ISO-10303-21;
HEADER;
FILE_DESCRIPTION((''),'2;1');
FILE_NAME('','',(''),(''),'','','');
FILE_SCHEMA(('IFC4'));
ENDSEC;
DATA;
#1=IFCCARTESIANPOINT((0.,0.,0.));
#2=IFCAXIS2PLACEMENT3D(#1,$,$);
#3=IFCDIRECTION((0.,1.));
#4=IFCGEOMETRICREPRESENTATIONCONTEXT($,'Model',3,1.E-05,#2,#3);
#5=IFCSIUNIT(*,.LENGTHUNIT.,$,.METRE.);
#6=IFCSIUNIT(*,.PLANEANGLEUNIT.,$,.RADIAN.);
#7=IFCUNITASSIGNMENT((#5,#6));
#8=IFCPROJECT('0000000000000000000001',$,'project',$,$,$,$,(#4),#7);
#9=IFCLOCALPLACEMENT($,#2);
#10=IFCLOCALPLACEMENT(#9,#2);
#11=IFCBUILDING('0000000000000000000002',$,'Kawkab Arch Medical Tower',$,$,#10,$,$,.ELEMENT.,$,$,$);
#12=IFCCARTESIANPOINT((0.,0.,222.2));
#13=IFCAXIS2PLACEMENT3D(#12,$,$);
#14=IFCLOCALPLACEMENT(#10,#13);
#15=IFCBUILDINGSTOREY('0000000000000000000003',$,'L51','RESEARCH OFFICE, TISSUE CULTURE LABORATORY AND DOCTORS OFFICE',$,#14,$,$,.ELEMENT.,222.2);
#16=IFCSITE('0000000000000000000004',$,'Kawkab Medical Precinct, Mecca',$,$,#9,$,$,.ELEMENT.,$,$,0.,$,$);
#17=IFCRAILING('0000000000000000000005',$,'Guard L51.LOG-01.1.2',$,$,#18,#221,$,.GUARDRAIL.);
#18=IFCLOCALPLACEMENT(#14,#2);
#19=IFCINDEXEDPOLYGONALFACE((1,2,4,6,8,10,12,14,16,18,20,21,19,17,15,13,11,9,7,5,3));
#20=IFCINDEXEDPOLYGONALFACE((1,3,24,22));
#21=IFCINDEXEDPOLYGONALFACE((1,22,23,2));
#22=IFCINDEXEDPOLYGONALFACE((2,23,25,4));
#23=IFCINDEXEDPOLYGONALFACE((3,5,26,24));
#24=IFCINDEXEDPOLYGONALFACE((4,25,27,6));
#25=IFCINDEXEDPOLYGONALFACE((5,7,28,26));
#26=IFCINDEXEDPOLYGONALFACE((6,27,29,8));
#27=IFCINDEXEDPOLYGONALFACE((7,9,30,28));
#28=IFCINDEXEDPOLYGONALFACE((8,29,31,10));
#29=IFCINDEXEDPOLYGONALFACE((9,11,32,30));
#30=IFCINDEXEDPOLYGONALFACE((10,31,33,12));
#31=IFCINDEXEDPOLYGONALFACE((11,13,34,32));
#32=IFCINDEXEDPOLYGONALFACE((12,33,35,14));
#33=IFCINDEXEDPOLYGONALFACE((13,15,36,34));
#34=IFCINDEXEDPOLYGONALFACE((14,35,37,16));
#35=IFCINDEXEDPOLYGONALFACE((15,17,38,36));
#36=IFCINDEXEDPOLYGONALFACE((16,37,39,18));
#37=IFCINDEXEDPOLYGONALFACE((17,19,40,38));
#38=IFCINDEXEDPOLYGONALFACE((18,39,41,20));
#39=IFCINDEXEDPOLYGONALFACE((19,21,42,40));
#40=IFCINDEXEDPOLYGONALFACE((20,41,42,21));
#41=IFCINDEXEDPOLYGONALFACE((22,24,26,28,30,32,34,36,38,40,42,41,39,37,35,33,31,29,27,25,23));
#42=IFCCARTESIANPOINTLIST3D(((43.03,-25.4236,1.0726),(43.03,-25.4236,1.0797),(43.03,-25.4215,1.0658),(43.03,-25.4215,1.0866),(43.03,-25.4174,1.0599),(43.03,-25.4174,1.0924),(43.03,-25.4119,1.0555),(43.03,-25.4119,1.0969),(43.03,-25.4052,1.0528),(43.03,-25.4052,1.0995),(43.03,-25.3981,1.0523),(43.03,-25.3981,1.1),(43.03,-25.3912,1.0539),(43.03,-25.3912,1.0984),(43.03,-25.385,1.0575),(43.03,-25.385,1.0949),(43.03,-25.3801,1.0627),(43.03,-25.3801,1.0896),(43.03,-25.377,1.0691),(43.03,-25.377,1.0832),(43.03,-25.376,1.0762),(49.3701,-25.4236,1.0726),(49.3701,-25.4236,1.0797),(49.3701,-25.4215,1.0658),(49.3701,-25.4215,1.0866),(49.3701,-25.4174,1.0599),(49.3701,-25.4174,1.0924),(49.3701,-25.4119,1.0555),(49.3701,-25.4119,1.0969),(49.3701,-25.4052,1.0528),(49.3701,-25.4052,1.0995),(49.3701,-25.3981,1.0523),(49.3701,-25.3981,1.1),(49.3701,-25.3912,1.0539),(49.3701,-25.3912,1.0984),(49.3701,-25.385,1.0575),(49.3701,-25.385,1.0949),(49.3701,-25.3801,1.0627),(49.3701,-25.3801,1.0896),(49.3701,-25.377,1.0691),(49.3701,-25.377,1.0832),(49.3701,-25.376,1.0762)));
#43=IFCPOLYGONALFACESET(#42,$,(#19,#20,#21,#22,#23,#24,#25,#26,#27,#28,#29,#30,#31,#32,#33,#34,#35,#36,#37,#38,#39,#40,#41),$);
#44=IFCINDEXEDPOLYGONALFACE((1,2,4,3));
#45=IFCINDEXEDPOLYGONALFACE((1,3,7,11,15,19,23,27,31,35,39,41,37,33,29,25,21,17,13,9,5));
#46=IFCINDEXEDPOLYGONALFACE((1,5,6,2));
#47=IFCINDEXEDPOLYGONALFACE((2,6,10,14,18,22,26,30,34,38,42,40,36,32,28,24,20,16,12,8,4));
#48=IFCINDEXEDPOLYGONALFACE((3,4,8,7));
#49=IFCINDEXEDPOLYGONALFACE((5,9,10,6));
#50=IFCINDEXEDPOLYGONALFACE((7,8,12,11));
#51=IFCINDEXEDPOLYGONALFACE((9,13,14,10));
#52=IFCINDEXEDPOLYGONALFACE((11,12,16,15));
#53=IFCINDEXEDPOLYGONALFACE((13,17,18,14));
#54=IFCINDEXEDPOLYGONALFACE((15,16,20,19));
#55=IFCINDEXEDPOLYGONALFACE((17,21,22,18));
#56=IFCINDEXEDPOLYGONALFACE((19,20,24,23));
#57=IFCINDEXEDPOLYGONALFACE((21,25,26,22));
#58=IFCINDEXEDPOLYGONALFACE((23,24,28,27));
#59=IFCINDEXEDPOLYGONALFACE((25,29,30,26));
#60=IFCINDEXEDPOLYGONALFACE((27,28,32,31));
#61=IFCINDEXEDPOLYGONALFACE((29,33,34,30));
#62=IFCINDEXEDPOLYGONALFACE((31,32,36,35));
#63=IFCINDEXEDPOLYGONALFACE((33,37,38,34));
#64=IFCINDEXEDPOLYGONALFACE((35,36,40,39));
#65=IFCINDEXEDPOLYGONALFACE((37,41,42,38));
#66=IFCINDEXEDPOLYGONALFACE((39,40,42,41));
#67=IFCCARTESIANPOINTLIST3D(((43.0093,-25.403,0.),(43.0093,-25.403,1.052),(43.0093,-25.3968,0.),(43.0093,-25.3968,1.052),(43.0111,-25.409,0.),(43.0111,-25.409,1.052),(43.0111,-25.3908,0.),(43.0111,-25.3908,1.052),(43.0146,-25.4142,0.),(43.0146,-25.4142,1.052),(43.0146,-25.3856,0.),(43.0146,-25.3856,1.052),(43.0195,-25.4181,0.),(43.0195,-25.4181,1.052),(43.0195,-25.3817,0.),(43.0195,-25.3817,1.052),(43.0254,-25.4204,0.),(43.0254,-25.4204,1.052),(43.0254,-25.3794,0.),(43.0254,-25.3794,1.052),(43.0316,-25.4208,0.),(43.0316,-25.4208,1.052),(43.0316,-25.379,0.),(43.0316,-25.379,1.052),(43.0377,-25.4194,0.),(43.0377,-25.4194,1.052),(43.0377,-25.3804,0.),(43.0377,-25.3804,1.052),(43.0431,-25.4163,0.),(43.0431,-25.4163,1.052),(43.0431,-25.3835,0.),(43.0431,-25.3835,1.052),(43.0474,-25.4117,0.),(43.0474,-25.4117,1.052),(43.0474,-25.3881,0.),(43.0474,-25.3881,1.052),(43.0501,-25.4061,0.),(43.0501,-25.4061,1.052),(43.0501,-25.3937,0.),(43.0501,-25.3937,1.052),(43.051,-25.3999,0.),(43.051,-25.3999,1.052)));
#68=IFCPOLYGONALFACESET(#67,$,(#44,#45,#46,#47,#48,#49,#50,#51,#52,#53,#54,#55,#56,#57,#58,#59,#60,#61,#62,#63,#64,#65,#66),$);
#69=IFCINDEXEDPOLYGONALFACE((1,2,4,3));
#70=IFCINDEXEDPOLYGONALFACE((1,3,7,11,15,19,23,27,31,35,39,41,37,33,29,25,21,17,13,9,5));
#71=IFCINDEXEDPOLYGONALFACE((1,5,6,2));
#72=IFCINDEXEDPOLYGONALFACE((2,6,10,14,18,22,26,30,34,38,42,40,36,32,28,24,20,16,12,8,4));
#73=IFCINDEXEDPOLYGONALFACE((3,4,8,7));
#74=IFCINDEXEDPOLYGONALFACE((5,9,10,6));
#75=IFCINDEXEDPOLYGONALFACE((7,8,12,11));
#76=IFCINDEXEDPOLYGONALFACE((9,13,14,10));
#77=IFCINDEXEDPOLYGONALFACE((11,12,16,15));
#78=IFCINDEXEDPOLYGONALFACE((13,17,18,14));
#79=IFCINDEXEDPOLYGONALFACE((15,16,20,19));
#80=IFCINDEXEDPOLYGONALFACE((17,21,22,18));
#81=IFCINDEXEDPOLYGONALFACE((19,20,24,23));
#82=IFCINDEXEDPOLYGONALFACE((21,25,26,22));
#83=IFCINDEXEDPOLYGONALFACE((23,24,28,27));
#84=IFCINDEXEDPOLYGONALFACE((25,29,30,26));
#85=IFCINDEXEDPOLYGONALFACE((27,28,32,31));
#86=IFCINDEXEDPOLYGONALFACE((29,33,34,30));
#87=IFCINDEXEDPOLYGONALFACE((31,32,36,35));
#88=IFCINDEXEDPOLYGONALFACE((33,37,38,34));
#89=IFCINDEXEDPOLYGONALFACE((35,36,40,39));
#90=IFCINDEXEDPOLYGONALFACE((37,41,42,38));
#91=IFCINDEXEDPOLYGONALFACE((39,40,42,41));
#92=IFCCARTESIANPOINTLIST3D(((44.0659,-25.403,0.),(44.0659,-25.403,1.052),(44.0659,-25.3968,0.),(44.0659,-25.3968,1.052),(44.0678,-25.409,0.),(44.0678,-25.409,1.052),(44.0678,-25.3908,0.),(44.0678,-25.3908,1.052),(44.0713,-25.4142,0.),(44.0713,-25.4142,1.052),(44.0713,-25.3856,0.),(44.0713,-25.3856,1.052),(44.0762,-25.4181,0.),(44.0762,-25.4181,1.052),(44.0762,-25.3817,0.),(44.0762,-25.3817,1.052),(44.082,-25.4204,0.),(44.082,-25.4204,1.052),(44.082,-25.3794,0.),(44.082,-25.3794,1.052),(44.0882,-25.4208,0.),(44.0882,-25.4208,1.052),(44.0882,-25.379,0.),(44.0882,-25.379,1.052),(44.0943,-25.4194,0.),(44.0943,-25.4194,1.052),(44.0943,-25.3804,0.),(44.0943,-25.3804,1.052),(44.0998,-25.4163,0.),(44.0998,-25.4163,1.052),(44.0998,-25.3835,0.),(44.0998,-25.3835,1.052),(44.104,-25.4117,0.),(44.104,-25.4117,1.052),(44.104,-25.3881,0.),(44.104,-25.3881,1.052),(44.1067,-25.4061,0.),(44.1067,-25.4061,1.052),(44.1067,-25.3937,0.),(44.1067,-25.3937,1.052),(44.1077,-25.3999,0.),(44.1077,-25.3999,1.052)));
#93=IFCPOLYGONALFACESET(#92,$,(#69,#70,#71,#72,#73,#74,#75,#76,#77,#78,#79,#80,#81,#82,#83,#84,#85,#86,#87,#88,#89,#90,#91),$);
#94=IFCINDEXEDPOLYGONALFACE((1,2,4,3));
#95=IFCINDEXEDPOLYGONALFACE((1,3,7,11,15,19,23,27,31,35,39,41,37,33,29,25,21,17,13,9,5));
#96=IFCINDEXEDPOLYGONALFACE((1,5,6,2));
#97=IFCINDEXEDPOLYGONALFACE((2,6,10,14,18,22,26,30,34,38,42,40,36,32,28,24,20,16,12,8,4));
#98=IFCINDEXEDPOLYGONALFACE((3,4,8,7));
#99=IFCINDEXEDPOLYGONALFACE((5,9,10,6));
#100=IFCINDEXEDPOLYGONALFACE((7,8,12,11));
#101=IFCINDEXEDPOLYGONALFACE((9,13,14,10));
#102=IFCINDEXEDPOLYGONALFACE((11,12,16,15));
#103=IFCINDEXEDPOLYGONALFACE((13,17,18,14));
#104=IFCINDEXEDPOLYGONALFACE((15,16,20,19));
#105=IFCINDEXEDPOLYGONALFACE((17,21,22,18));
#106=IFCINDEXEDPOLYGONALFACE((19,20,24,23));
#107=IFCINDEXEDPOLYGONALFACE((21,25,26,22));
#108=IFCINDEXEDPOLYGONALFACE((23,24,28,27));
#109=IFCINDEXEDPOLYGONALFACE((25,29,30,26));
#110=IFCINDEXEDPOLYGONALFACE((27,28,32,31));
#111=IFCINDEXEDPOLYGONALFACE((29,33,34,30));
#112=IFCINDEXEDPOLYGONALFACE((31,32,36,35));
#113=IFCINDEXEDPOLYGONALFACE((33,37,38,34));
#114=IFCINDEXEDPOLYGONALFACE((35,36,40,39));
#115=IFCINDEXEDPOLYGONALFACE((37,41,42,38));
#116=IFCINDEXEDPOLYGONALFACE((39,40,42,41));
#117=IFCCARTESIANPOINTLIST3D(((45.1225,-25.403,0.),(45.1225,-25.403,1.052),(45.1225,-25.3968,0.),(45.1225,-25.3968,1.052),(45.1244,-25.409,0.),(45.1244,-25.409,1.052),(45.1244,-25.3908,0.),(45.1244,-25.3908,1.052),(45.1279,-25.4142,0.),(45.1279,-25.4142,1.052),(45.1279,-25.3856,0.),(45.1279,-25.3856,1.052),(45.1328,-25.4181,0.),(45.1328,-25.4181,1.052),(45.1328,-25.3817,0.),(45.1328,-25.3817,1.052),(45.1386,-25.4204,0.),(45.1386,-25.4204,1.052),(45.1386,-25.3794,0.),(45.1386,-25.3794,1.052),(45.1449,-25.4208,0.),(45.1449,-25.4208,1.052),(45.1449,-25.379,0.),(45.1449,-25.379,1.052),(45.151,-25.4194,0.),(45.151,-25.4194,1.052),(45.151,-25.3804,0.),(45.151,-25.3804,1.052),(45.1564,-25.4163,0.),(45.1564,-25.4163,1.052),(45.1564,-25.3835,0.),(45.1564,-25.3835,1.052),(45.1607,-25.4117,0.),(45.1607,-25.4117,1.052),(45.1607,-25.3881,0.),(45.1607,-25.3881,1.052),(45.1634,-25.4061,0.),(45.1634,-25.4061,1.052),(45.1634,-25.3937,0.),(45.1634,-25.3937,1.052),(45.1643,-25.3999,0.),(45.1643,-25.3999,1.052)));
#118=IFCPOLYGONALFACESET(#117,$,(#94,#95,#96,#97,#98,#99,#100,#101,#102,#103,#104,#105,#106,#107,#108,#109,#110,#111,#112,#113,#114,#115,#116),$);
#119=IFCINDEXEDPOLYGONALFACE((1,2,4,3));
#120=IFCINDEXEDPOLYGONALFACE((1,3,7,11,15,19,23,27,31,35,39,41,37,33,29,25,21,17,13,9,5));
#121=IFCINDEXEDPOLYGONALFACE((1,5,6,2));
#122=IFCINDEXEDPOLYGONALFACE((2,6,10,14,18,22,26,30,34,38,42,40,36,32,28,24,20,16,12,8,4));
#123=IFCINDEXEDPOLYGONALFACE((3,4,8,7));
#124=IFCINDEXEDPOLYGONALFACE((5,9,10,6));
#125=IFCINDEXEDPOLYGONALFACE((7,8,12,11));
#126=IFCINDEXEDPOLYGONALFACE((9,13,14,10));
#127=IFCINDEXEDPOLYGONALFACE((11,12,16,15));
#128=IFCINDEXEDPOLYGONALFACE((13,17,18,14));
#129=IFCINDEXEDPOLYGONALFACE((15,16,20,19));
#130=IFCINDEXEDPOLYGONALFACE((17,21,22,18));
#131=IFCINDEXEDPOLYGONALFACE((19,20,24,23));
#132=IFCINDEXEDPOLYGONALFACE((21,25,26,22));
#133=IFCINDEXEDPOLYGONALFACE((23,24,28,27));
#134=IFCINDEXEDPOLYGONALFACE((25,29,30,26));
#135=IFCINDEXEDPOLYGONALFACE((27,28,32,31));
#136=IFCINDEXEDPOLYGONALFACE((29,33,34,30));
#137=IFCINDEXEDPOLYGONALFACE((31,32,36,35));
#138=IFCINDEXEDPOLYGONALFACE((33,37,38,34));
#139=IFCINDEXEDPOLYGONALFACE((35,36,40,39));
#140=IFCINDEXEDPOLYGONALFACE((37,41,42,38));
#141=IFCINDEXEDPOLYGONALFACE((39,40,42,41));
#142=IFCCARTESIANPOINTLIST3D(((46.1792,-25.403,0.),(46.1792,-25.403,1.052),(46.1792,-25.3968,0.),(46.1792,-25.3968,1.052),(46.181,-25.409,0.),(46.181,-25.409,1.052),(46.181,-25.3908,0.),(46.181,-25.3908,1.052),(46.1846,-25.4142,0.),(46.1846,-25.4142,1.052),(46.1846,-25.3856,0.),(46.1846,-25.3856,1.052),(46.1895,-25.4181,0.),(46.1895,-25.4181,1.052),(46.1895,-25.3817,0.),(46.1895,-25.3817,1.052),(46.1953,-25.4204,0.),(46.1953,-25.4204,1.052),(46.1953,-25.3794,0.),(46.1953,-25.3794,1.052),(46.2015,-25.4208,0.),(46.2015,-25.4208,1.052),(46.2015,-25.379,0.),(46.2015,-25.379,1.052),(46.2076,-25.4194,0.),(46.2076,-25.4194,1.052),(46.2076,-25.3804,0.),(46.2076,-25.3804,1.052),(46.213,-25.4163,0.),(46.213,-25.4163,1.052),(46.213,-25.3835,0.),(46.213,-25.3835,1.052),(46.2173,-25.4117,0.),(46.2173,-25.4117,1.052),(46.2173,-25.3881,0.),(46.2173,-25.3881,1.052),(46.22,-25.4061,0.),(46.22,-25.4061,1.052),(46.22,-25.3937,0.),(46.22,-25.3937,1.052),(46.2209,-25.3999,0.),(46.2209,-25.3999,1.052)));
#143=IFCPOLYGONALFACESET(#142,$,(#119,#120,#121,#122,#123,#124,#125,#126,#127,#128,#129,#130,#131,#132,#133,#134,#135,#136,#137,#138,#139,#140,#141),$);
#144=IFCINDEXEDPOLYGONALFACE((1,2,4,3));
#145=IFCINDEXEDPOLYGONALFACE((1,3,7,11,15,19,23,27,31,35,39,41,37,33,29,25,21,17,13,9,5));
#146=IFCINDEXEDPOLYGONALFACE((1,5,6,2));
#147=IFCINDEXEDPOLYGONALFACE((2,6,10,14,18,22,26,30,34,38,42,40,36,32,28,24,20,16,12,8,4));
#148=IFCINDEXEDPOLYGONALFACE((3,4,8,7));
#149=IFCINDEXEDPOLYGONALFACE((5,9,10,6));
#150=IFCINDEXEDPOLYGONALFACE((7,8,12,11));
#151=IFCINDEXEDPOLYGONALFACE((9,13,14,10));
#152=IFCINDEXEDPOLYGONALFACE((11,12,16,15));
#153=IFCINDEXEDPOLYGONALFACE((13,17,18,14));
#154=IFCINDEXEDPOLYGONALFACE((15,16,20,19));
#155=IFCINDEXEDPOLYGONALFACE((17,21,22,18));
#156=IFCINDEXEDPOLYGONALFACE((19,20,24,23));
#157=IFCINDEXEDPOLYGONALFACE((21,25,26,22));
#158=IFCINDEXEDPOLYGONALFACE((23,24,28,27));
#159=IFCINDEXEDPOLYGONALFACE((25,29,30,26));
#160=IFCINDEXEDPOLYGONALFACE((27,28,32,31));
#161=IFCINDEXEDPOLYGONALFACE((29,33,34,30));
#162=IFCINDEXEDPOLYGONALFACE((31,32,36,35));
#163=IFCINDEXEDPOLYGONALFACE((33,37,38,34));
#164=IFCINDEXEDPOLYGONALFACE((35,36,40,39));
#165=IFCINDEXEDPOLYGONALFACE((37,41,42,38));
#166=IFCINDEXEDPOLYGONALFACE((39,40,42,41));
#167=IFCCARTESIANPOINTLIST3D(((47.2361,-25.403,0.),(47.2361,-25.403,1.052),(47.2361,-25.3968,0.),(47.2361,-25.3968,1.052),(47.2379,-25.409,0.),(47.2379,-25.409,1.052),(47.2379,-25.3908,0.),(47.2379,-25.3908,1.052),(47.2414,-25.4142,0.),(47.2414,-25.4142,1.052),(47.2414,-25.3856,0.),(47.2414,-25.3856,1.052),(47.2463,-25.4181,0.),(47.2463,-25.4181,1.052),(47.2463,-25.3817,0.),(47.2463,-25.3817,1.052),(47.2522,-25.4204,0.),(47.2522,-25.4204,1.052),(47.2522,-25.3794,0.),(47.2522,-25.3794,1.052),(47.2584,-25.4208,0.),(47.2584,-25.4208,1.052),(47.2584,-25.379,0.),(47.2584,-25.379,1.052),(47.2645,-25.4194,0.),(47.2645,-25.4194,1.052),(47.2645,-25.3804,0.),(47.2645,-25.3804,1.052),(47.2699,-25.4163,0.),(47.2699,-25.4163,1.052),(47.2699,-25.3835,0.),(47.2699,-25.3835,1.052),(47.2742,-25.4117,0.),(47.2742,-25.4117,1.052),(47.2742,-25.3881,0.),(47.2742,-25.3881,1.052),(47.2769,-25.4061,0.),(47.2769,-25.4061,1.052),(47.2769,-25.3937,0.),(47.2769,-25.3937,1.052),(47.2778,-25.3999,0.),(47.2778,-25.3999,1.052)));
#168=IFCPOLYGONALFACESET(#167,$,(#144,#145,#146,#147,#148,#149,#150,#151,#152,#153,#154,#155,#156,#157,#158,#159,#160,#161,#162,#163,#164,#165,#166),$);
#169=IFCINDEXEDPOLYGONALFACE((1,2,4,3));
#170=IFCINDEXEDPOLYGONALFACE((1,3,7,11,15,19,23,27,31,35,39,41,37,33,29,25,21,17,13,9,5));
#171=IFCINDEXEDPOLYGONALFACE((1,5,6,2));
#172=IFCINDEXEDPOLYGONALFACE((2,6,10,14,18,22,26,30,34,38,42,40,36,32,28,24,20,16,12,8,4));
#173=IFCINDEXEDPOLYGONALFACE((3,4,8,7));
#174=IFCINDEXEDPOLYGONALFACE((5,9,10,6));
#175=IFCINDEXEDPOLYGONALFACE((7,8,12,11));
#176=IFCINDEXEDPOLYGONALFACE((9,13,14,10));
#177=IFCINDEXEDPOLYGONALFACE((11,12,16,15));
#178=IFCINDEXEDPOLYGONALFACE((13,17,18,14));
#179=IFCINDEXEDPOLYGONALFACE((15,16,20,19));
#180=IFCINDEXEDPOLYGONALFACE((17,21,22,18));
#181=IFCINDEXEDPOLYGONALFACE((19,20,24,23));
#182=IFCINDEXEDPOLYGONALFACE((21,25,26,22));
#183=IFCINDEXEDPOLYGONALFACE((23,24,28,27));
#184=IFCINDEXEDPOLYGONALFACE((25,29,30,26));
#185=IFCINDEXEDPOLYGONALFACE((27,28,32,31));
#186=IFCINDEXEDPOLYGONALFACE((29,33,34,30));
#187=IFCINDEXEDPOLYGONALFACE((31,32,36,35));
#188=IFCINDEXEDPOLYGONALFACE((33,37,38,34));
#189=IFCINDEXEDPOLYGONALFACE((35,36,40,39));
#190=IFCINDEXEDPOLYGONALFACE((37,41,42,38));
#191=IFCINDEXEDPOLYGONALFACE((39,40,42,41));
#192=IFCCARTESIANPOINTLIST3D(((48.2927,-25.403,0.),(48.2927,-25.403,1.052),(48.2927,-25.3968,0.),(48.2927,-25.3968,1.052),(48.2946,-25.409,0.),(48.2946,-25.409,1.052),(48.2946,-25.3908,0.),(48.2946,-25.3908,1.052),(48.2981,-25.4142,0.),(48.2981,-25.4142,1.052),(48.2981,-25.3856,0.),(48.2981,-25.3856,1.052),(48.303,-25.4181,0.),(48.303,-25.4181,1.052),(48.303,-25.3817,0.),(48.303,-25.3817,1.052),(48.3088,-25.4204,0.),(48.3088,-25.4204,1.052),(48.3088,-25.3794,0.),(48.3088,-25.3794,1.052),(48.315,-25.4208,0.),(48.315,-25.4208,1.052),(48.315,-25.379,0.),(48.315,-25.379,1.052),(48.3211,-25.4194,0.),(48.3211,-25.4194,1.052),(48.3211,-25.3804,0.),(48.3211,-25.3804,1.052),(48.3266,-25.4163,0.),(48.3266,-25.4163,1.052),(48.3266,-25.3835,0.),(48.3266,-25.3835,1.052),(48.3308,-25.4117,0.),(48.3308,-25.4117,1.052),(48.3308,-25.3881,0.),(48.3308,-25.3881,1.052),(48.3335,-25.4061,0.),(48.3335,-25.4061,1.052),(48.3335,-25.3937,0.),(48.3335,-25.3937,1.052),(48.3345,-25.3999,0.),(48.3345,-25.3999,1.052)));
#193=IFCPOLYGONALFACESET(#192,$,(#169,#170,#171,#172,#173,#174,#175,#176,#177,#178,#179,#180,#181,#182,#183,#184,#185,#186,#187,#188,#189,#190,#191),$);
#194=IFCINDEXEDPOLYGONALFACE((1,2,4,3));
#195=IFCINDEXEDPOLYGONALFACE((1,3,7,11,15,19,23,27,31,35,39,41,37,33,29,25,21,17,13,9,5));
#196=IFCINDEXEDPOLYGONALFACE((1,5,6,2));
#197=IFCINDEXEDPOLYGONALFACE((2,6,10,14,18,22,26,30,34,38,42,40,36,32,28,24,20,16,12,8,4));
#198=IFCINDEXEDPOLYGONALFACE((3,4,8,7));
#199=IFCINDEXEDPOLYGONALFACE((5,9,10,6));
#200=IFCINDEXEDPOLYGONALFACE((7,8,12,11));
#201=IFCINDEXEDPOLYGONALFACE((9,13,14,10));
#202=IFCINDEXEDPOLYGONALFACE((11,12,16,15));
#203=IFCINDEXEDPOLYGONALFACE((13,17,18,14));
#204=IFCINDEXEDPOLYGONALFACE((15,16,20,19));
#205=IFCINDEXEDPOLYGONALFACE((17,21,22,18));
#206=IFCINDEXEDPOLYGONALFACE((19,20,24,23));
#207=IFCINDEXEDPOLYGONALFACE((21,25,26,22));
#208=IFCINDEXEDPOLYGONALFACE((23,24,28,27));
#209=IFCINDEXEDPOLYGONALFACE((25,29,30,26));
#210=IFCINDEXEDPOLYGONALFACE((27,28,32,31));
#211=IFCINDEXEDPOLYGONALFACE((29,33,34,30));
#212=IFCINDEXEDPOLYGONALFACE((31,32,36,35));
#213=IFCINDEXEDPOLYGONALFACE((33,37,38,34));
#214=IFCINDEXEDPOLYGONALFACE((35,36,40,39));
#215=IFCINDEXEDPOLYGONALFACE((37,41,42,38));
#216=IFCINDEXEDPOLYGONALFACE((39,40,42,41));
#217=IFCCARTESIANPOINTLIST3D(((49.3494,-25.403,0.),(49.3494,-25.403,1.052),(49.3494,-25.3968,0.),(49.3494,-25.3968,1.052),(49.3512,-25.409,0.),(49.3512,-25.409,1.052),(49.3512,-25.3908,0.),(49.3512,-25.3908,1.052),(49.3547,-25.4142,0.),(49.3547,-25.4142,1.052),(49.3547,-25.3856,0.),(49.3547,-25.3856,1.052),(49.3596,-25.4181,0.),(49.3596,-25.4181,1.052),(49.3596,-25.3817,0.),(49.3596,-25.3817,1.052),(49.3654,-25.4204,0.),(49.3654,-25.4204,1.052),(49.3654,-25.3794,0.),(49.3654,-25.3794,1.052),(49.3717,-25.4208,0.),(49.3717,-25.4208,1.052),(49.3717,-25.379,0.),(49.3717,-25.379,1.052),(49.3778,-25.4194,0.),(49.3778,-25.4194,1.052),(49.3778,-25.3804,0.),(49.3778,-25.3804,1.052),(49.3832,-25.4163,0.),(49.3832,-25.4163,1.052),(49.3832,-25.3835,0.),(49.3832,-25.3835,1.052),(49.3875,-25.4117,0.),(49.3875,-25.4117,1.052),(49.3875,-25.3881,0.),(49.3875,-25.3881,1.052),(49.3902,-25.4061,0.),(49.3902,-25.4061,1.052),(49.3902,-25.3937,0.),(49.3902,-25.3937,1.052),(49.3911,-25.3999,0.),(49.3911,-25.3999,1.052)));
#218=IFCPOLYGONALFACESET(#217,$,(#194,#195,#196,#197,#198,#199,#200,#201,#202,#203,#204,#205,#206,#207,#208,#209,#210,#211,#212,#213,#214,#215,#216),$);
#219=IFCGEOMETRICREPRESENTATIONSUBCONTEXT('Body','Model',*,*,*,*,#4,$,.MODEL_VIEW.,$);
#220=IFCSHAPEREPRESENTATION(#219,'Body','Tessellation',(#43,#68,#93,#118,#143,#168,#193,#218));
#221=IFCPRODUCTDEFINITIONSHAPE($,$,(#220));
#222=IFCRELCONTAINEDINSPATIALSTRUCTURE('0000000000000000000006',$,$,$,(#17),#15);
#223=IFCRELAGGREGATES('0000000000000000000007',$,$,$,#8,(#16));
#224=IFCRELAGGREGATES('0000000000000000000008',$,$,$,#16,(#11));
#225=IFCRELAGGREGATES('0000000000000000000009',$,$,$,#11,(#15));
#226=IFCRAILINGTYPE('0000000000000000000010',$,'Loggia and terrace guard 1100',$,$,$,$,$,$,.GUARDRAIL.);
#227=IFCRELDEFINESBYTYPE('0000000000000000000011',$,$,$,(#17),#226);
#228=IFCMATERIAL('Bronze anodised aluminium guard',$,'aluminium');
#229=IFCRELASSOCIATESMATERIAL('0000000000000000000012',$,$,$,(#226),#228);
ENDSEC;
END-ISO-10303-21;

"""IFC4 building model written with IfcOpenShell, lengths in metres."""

from ifc_helpers import new_model, si_unit, direction, frame, origin, origin_2d, place, context, subcontext, project, spatial, circle, extrude, material, type_object, element, save


model = new_model("IFC4")

# Units and contexts
model_context = context("Model", 3, precision=1e-05, world=origin(), true_north=direction((0.0, 1.0)))
body_context = subcontext(model_context, "Body", "Model", "MODEL_VIEW")
ifc_project = project(units=[si_unit("LENGTHUNIT", "METRE"), si_unit("PLANEANGLEUNIT", "RADIAN")], contexts=[model_context])

# Site, building, storey
site_placement = place(None, origin())
site = spatial("IfcSite", under=ifc_project, at=site_placement, Name="Kawkab Medical Precinct, Mecca", CompositionType="ELEMENT", RefElevation=0.0)
building_placement = place(site_placement, origin())
building = spatial("IfcBuilding", under=site, at=building_placement, Name="Kawkab Arch Medical Tower", CompositionType="ELEMENT")
storey_placement = place(building_placement, frame((0.0, 0.0, 222.2)))
storey = spatial("IfcBuildingStorey", under=building, at=storey_placement, Name="L51", Description="RESEARCH OFFICE, TISSUE CULTURE LABORATORY AND DOCTORS OFFICE", CompositionType="ELEMENT", Elevation=222.2)

# Railing
ifc_material_1 = material(Name="Bronze anodised aluminium guard", Category="aluminium")
railing_type_1 = type_object("IfcRailingType", Name="Loggia and terrace guard 1100", PredefinedType="GUARDRAIL", material=ifc_material_1)
railing_1_placement = place(storey_placement, frame((43.03, -25.3999, 0.0)))
element("IfcRailing", 1, at=railing_1_placement, inside=storey, type_object=railing_type_1, Name="Guard L51.LOG-01.1.2", PredefinedType="GUARDRAIL", context=body_context, shape_type="SweptSolid", body=[
    extrude(circle(Radius=0.0239, at=origin_2d()), frame((0.0, 0.0, 1.0762), z_axis=(1.0, 0.0, 0.0), x_axis=(0.0, 1.0, 0.0)), (0.0, 0.0, 1.0), 6.3401),
    extrude(circle(Radius=0.021, at=origin_2d()), origin(), (0.0, 0.0, 1.0), 1.052),
    extrude(circle(Radius=0.021, at=origin_2d()), frame((1.0566, 0.0, 0.0)), (0.0, 0.0, 1.0), 1.052),
    extrude(circle(Radius=0.021, at=origin_2d()), frame((2.1133, 0.0, 0.0)), (0.0, 0.0, 1.0), 1.052),
    extrude(circle(Radius=0.021, at=origin_2d()), frame((3.1699, 0.0, 0.0)), (0.0, 0.0, 1.0), 1.052),
    extrude(circle(Radius=0.021, at=origin_2d()), frame((4.2268, 0.0, 0.0)), (0.0, 0.0, 1.0), 1.052),
    extrude(circle(Radius=0.021, at=origin_2d()), frame((5.2834, 0.0, 0.0)), (0.0, 0.0, 1.0), 1.052),
    extrude(circle(Radius=0.021, at=origin_2d()), frame((6.3401, 0.0, 0.0)), (0.0, 0.0, 1.0), 1.052),
])

save(model, "model.ifc")
